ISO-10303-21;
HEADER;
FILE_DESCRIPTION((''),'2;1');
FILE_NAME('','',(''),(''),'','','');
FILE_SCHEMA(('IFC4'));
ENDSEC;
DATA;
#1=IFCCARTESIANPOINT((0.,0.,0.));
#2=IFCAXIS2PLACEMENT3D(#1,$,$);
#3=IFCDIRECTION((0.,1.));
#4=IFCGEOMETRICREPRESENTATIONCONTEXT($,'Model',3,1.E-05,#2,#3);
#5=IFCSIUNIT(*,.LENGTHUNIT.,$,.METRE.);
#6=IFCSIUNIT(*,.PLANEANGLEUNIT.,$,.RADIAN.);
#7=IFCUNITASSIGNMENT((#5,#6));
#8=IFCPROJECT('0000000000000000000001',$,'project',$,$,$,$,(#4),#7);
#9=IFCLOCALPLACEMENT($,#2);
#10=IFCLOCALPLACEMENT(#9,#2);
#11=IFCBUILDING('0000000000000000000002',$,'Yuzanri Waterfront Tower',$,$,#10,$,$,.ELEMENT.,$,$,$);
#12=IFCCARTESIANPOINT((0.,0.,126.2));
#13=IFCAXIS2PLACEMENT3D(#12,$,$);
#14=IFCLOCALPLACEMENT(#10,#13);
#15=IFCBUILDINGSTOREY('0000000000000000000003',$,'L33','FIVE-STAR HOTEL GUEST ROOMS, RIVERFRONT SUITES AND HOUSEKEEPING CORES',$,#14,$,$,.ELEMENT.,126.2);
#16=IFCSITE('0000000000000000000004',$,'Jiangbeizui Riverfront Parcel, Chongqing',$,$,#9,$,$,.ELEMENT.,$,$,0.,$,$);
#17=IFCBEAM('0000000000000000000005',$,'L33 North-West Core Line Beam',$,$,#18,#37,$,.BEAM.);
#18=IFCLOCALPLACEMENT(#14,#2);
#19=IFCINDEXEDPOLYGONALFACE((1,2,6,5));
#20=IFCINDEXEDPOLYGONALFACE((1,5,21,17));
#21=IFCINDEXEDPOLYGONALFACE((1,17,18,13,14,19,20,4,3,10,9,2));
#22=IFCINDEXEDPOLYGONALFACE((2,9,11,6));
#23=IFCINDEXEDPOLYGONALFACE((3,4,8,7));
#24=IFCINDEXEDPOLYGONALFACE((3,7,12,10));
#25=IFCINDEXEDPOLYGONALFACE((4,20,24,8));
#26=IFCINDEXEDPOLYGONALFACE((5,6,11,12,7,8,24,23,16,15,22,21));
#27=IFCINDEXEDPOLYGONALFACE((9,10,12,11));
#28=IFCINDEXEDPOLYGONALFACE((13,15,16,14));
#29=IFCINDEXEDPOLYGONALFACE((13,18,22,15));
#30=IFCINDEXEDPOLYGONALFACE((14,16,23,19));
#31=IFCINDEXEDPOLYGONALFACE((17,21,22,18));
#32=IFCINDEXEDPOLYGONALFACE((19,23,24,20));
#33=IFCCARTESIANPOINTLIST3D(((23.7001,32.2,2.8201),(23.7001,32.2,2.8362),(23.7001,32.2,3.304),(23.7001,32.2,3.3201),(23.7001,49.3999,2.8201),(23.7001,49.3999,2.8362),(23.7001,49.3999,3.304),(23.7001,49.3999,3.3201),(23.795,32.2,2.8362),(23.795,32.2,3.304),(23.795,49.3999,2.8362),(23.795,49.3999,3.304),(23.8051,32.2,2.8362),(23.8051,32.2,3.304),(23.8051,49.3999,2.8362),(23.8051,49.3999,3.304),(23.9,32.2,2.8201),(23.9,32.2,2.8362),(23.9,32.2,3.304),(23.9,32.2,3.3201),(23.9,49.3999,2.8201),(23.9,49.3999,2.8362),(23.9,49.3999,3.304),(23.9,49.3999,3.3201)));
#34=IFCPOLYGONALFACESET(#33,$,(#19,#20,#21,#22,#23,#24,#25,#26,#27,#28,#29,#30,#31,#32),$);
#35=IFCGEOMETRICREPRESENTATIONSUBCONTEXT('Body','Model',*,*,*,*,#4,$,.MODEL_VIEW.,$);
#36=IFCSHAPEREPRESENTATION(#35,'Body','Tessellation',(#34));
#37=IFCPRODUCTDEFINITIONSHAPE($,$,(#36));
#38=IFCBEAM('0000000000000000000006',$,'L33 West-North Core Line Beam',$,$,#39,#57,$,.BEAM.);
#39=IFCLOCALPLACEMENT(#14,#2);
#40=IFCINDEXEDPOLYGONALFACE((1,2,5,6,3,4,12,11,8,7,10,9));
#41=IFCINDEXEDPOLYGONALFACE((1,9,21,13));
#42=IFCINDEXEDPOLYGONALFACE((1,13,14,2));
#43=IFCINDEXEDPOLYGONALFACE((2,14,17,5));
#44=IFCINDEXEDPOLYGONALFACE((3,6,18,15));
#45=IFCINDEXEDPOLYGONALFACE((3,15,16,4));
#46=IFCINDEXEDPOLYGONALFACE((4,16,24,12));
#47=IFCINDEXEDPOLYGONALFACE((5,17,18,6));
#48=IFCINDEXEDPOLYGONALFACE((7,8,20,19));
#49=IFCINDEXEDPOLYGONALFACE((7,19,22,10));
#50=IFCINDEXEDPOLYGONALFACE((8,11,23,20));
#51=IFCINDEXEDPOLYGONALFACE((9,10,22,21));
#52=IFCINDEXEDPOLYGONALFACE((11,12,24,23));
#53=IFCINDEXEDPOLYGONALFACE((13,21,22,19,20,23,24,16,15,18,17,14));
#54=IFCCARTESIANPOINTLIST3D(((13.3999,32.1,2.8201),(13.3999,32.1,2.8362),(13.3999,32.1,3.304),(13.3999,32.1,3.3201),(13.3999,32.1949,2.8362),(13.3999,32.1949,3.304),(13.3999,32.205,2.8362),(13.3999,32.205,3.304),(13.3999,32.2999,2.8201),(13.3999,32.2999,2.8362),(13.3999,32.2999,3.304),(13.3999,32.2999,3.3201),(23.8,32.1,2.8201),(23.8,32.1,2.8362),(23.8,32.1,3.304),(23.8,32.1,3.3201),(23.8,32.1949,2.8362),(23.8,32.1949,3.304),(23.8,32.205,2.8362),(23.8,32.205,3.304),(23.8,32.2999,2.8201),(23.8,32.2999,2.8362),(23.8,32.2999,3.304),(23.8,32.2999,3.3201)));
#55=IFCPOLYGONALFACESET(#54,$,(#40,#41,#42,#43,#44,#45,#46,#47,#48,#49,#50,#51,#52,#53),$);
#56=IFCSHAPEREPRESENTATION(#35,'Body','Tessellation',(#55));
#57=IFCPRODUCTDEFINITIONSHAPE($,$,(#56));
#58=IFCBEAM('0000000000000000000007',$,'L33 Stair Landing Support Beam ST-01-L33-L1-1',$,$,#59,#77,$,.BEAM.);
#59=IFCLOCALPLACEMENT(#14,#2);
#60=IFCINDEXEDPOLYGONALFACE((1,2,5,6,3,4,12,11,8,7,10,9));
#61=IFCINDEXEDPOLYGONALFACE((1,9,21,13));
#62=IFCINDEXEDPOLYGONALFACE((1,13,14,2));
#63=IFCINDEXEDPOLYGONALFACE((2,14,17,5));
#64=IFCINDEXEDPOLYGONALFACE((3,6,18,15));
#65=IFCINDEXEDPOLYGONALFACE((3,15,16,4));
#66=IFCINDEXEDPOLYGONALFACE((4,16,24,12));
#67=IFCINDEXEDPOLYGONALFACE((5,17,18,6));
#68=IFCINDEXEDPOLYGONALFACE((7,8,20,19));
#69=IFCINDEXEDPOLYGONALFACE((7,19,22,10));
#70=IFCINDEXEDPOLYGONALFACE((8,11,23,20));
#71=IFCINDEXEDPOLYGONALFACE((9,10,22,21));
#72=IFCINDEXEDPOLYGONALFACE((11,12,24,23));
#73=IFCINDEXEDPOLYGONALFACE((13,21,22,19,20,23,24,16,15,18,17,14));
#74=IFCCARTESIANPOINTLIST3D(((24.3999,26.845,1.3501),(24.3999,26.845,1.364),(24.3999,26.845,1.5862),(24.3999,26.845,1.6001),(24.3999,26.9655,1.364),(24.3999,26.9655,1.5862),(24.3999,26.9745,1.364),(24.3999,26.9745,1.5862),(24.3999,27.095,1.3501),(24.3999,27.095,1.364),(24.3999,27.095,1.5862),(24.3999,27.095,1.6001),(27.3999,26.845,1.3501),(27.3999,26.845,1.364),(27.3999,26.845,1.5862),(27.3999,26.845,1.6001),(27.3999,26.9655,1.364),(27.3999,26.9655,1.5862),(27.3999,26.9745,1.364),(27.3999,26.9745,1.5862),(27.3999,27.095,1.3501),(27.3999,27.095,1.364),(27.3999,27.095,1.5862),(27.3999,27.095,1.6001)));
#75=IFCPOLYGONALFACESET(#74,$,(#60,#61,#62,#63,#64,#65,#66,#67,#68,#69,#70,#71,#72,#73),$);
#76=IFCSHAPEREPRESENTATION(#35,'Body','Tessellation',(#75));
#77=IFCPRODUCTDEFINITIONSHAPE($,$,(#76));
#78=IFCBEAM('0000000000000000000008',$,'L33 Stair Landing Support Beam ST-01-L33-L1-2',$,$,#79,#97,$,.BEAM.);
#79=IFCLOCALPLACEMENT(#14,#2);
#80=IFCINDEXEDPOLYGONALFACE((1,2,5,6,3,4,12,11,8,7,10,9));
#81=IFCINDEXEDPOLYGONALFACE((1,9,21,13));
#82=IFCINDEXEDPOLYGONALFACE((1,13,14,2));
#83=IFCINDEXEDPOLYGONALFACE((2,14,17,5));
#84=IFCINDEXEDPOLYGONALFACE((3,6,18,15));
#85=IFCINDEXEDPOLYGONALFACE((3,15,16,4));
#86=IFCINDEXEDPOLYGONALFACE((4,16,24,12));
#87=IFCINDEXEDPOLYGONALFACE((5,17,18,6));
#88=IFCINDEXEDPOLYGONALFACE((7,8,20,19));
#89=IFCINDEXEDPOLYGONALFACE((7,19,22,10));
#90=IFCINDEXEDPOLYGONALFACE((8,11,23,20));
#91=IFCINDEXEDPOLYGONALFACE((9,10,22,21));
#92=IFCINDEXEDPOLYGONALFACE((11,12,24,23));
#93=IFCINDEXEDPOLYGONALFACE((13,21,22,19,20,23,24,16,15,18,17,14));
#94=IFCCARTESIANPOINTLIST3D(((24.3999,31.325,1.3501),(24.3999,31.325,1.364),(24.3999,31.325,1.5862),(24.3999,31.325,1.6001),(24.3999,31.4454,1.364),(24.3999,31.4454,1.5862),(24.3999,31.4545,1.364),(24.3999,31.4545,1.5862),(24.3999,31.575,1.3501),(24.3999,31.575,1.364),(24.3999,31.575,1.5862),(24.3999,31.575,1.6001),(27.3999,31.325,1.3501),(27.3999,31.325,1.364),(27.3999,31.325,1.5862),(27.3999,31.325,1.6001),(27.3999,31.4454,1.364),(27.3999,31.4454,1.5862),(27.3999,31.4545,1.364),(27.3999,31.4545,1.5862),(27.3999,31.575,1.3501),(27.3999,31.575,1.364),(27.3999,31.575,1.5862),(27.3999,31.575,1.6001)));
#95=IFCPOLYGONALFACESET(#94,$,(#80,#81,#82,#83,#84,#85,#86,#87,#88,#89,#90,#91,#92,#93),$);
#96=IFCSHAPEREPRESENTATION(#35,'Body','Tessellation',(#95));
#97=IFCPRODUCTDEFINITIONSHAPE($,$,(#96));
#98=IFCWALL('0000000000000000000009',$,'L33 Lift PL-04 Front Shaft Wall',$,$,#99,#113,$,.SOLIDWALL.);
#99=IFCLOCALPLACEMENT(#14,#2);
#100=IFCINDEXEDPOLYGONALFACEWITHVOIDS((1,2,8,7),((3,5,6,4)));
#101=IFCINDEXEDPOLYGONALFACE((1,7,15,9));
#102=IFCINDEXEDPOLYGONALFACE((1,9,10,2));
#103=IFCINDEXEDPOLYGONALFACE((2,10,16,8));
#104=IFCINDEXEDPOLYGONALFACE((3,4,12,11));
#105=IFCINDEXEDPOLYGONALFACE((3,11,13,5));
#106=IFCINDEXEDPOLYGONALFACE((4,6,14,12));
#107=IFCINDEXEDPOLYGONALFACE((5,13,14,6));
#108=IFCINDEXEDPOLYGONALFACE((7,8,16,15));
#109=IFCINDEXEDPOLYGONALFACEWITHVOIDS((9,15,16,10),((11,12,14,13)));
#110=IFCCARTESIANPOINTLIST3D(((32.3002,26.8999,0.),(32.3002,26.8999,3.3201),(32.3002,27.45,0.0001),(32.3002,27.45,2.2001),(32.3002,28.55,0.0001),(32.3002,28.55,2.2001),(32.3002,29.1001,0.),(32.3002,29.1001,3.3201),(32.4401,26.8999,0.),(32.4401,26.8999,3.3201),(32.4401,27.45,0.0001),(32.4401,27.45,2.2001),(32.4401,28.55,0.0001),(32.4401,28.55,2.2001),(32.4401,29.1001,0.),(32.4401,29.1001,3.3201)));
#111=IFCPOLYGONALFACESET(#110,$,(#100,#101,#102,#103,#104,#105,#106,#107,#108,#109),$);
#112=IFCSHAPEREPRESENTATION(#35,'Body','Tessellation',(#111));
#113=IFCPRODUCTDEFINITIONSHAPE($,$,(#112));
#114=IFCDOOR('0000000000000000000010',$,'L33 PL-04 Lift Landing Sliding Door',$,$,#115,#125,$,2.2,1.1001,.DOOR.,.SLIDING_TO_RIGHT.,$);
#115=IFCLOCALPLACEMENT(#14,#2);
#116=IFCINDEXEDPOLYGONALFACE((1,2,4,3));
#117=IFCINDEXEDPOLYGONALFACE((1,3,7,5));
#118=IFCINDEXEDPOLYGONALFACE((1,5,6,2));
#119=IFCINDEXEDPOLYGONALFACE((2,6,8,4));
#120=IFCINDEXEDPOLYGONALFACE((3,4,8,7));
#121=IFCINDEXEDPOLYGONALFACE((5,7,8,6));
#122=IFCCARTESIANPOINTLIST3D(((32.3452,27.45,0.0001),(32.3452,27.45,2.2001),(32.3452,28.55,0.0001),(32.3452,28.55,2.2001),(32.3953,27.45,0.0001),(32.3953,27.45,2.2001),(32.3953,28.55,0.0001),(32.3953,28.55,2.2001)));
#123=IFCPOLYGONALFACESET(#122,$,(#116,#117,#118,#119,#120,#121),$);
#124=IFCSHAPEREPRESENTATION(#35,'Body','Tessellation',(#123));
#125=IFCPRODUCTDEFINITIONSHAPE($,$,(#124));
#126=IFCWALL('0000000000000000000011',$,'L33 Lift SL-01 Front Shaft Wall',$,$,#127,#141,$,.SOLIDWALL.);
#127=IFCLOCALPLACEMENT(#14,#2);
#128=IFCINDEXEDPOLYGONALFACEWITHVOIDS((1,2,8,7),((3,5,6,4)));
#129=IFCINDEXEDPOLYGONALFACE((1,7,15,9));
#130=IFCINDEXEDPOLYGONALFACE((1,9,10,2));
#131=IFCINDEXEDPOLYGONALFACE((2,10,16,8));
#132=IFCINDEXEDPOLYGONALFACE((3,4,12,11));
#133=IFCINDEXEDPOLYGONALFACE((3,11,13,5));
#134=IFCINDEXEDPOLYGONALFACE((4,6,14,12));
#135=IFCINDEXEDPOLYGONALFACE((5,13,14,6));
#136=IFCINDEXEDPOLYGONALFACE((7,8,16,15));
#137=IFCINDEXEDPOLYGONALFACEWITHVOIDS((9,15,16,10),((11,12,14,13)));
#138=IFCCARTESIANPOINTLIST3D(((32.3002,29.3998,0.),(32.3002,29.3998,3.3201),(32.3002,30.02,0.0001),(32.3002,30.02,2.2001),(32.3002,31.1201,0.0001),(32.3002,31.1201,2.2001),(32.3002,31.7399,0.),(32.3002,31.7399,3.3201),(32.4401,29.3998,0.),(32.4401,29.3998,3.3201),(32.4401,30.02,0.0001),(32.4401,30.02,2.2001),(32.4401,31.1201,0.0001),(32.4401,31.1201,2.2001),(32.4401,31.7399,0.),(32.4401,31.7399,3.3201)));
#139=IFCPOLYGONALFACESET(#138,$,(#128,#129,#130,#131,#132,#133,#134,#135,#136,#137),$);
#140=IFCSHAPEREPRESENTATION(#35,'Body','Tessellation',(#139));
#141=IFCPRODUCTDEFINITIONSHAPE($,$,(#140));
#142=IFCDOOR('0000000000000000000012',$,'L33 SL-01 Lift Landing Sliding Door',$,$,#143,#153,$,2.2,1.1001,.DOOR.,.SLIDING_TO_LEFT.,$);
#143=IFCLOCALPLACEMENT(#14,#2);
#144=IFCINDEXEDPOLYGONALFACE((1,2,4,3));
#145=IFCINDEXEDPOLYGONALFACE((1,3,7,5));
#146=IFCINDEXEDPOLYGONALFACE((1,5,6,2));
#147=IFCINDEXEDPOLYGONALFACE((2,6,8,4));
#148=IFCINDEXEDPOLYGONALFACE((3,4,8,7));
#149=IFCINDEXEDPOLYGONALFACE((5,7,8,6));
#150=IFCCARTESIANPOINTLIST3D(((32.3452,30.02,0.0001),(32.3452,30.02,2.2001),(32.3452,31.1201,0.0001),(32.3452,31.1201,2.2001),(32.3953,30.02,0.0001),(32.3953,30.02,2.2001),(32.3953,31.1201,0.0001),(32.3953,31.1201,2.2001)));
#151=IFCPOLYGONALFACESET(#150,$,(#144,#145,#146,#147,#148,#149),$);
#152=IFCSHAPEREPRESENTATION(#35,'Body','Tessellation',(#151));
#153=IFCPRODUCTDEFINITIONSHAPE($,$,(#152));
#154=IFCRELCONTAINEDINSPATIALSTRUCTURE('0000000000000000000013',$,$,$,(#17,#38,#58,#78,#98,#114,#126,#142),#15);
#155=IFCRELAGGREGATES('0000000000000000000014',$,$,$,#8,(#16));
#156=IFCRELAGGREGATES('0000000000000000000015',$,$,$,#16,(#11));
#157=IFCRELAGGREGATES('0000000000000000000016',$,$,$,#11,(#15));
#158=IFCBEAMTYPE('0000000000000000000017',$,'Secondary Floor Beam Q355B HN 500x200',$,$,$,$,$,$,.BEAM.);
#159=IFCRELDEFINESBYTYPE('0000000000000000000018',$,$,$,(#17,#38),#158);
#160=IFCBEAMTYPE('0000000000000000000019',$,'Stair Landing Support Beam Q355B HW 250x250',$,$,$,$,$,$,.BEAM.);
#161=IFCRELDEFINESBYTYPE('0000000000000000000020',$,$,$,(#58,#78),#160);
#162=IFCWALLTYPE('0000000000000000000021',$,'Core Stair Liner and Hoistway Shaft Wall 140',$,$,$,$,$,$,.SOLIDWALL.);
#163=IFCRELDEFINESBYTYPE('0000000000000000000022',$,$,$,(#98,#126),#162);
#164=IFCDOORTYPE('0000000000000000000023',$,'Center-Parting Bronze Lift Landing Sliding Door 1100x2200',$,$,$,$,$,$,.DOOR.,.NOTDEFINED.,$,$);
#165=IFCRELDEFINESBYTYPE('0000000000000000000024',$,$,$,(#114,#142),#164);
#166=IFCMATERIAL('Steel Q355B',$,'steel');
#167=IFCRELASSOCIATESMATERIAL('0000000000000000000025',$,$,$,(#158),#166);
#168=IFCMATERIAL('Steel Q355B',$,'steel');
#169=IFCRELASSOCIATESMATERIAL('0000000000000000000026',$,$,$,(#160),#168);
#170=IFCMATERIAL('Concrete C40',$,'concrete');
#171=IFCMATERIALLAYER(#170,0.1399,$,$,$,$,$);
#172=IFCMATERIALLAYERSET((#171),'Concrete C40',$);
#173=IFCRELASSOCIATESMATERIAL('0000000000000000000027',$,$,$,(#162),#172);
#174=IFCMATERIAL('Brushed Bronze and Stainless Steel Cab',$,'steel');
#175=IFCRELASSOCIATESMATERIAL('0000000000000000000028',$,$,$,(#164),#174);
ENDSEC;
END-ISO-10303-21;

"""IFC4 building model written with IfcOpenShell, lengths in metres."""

from ifc_helpers import new_model, si_unit, direction, frame, frame_2d, origin, origin_2d, place, context, subcontext, project, spatial, rectangle, i_section, extrude, source, transform, mapped, material, layer, layer_set, material_profile, profile_set, type_object, element, fill, save


model = new_model("IFC4")

# Units and contexts
model_context = context("Model", 3, precision=1e-05, world=origin(), true_north=direction((0.0, 1.0)))
body_context = subcontext(model_context, "Body", "Model", "MODEL_VIEW")
ifc_project = project(units=[si_unit("LENGTHUNIT", "METRE"), si_unit("PLANEANGLEUNIT", "RADIAN")], contexts=[model_context])

# Site, building, storey
site_placement = place(None, origin())
site = spatial("IfcSite", under=ifc_project, at=site_placement, Name="Jiangbeizui Riverfront Parcel, Chongqing", CompositionType="ELEMENT", RefElevation=0.0)
building_placement = place(site_placement, origin())
building = spatial("IfcBuilding", under=site, at=building_placement, Name="Yuzanri Waterfront Tower", CompositionType="ELEMENT")
storey_placement = place(building_placement, frame((0.0, 0.0, 126.2)))
storey = spatial("IfcBuildingStorey", under=building, at=storey_placement, Name="L33", Description="FIVE-STAR HOTEL GUEST ROOMS, RIVERFRONT SUITES AND HOUSEKEEPING CORES", CompositionType="ELEMENT", Elevation=126.2)

# Beams
ifc_material_1 = material(Name="Steel Q355B", Category="steel")
ifc_material_profile_1 = material_profile(ifc_material_1, i_section(OverallWidth=0.2, OverallDepth=0.5, WebThickness=0.01, FlangeThickness=0.0161, at=origin_2d()), Name="HN 500x200x10x16")
ifc_profile_set_1 = profile_set([ifc_material_profile_1], Name="Steel Q355B")
beam_type_1 = type_object("IfcBeamType", Name="Secondary Floor Beam Q355B HN 500x200", PredefinedType="BEAM", material=ifc_profile_set_1)
shared_shape_1 = source(origin(), body_context, "Body", "SweptSolid", [
    extrude(i_section(OverallWidth=0.2, OverallDepth=0.5, WebThickness=0.01, FlangeThickness=0.0161, at=origin_2d()), origin(), (0.0, 0.0, 1.0), 17.2),
])
beam_1_placement = place(storey_placement, frame((23.8, 32.2, 3.0701), z_axis=(0.0, 1.0, 0.0), x_axis=(-1.0, 0.0, 0.0)))
element("IfcBeam", 1, at=beam_1_placement, inside=storey, type_object=beam_type_1, Name="L33 North-West Core Line Beam", PredefinedType="BEAM", context=body_context, shape_type="MappedRepresentation", body=[
    mapped(shared_shape_1, transform((0.0, 0.0, 0.0), scale=1.0)),
])
shared_shape_2 = source(origin(), body_context, "Body", "SweptSolid", [
    extrude(i_section(OverallWidth=0.2, OverallDepth=0.5, WebThickness=0.01, FlangeThickness=0.0161, at=origin_2d()), origin(), (0.0, 0.0, 1.0), 10.4001),
])
beam_2_placement = place(storey_placement, frame((23.8, 32.2, 3.0701), z_axis=(-1.0, 0.0, 0.0), x_axis=(0.0, -1.0, 0.0)))
element("IfcBeam", 2, at=beam_2_placement, inside=storey, type_object=beam_type_1, Name="L33 West-North Core Line Beam", PredefinedType="BEAM", context=body_context, shape_type="MappedRepresentation", body=[
    mapped(shared_shape_2, transform((0.0, 0.0, 0.0), scale=1.0)),
])
ifc_material_2 = material(Name="Steel Q355B", Category="steel")
ifc_material_profile_2 = material_profile(ifc_material_2, i_section(OverallWidth=0.25, OverallDepth=0.25, WebThickness=0.009, FlangeThickness=0.0139, at=origin_2d()), Name="HW 250x250x9x14")
ifc_profile_set_2 = profile_set([ifc_material_profile_2], Name="Steel Q355B")
beam_type_2 = type_object("IfcBeamType", Name="Stair Landing Support Beam Q355B HW 250x250", PredefinedType="BEAM", material=ifc_profile_set_2)
shared_shape_3 = source(origin(), body_context, "Body", "SweptSolid", [
    extrude(i_section(OverallWidth=0.25, OverallDepth=0.25, WebThickness=0.009, FlangeThickness=0.0139, at=origin_2d()), origin(), (0.0, 0.0, 1.0), 3.0),
])
for number, where, z_axis, x_axis, name in (
    (3, (24.3999, 26.97, 1.4751), (1.0, 0.0, 0.0), (0.0, 1.0, 0.0), "L33 Stair Landing Support Beam ST-01-L33-L1-1"),
    (4, (24.3999, 31.45, 1.4751), (1.0, 0.0, 0.0), (0.0, 1.0, 0.0), "L33 Stair Landing Support Beam ST-01-L33-L1-2"),
):
    element("IfcBeam", number, at=place(storey_placement, frame(where, z_axis=z_axis, x_axis=x_axis)), inside=storey, type_object=beam_type_2, Name=name, PredefinedType="BEAM", context=body_context, shape_type="MappedRepresentation", body=[
        mapped(shared_shape_3, transform((0.0, 0.0, 0.0), scale=1.0)),
    ])

# Walls, openings, doors
ifc_material_3 = material(Name="Concrete C40", Category="concrete")
ifc_layer_1 = layer(ifc_material_3, 0.1399)
ifc_layer_set_1 = layer_set([ifc_layer_1], Name="Concrete C40")
wall_type_1 = type_object("IfcWallType", Name="Core Stair Liner and Hoistway Shaft Wall 140", PredefinedType="SOLIDWALL", material=ifc_layer_set_1)
wall_1_placement = place(storey_placement, frame((32.3701, 26.8999, 0.0), z_axis=(0.0, 0.0, 1.0), x_axis=(0.0, 1.0, 0.0)))
wall_1 = element("IfcWall", 5, at=wall_1_placement, inside=storey, type_object=wall_type_1, Name="L33 Lift PL-04 Front Shaft Wall", PredefinedType="SOLIDWALL", context=body_context, shape_type="SweptSolid", body=[
    extrude(rectangle(XDim=2.2002, YDim=0.1399, at=frame_2d((1.1001, 0.0))), origin(), (0.0, 0.0, 1.0), 3.3201),
])
opening_1_placement = place(wall_1_placement, frame((0.55, 0.0, 0.0)))
opening_1 = element("IfcOpeningElement", 6, at=opening_1_placement, cuts=wall_1, PredefinedType="OPENING", context=body_context, shape_type="SweptSolid", body=[
    extrude(rectangle(XDim=1.1001, YDim=2.2, at=frame_2d((0.55, 1.1001))), frame((0.0, 0.085, 0.0), z_axis=(0.0, -1.0, 0.0), x_axis=(1.0, 0.0, 0.0)), (0.0, 0.0, 1.0), 0.1697),
])
ifc_material_4 = material(Name="Brushed Bronze and Stainless Steel Cab", Category="steel")
door_type_1 = type_object("IfcDoorType", Name="Center-Parting Bronze Lift Landing Sliding Door 1100x2200", OperationType="NOTDEFINED", PredefinedType="DOOR", material=ifc_material_4)
shared_shape_4 = source(origin(), body_context, "Body", "SweptSolid", [
    extrude(rectangle(XDim=1.1001, YDim=2.2, at=frame_2d((0.55, 1.1001))), frame((0.0, 0.0249, 0.0), z_axis=(0.0, -1.0, 0.0), x_axis=(1.0, 0.0, 0.0)), (0.0, 0.0, 1.0), 0.05),
])
door_1_placement = place(opening_1_placement, origin())
door_1 = element("IfcDoor", 7, at=door_1_placement, inside=storey, type_object=door_type_1, Name="L33 PL-04 Lift Landing Sliding Door", OperationType="SLIDING_TO_RIGHT", OverallHeight=2.2, OverallWidth=1.1001, PredefinedType="DOOR", context=body_context, shape_type="MappedRepresentation", body=[
    mapped(shared_shape_4, transform((0.0, 0.0, 0.0), scale=1.0)),
])
fill(opening_1, door_1)
wall_2_placement = place(storey_placement, frame((32.3701, 29.3999, 0.0), z_axis=(0.0, 0.0, 1.0), x_axis=(0.0, 1.0, 0.0)))
wall_2 = element("IfcWall", 8, at=wall_2_placement, inside=storey, type_object=wall_type_1, Name="L33 Lift SL-01 Front Shaft Wall", PredefinedType="SOLIDWALL", context=body_context, shape_type="SweptSolid", body=[
    extrude(rectangle(XDim=2.3401, YDim=0.1399, at=frame_2d((1.1699, 0.0))), origin(), (0.0, 0.0, 1.0), 3.3201),
])
opening_2_placement = place(wall_2_placement, frame((0.6201, 0.0, 0.0)))
opening_2 = element("IfcOpeningElement", 9, at=opening_2_placement, cuts=wall_2, PredefinedType="OPENING", context=body_context, shape_type="SweptSolid", body=[
    extrude(rectangle(XDim=1.1001, YDim=2.2, at=frame_2d((0.55, 1.1001))), frame((0.0, 0.085, 0.0), z_axis=(0.0, -1.0, 0.0), x_axis=(1.0, 0.0, 0.0)), (0.0, 0.0, 1.0), 0.1697),
])
door_2_placement = place(opening_2_placement, origin())
door_2 = element("IfcDoor", 10, at=door_2_placement, inside=storey, type_object=door_type_1, Name="L33 SL-01 Lift Landing Sliding Door", OperationType="SLIDING_TO_LEFT", OverallHeight=2.2, OverallWidth=1.1001, PredefinedType="DOOR", context=body_context, shape_type="MappedRepresentation", body=[
    mapped(shared_shape_4, transform((0.0, 0.0, 0.0), scale=1.0)),
])
fill(opening_2, door_2)

save(model, "model.ifc")
